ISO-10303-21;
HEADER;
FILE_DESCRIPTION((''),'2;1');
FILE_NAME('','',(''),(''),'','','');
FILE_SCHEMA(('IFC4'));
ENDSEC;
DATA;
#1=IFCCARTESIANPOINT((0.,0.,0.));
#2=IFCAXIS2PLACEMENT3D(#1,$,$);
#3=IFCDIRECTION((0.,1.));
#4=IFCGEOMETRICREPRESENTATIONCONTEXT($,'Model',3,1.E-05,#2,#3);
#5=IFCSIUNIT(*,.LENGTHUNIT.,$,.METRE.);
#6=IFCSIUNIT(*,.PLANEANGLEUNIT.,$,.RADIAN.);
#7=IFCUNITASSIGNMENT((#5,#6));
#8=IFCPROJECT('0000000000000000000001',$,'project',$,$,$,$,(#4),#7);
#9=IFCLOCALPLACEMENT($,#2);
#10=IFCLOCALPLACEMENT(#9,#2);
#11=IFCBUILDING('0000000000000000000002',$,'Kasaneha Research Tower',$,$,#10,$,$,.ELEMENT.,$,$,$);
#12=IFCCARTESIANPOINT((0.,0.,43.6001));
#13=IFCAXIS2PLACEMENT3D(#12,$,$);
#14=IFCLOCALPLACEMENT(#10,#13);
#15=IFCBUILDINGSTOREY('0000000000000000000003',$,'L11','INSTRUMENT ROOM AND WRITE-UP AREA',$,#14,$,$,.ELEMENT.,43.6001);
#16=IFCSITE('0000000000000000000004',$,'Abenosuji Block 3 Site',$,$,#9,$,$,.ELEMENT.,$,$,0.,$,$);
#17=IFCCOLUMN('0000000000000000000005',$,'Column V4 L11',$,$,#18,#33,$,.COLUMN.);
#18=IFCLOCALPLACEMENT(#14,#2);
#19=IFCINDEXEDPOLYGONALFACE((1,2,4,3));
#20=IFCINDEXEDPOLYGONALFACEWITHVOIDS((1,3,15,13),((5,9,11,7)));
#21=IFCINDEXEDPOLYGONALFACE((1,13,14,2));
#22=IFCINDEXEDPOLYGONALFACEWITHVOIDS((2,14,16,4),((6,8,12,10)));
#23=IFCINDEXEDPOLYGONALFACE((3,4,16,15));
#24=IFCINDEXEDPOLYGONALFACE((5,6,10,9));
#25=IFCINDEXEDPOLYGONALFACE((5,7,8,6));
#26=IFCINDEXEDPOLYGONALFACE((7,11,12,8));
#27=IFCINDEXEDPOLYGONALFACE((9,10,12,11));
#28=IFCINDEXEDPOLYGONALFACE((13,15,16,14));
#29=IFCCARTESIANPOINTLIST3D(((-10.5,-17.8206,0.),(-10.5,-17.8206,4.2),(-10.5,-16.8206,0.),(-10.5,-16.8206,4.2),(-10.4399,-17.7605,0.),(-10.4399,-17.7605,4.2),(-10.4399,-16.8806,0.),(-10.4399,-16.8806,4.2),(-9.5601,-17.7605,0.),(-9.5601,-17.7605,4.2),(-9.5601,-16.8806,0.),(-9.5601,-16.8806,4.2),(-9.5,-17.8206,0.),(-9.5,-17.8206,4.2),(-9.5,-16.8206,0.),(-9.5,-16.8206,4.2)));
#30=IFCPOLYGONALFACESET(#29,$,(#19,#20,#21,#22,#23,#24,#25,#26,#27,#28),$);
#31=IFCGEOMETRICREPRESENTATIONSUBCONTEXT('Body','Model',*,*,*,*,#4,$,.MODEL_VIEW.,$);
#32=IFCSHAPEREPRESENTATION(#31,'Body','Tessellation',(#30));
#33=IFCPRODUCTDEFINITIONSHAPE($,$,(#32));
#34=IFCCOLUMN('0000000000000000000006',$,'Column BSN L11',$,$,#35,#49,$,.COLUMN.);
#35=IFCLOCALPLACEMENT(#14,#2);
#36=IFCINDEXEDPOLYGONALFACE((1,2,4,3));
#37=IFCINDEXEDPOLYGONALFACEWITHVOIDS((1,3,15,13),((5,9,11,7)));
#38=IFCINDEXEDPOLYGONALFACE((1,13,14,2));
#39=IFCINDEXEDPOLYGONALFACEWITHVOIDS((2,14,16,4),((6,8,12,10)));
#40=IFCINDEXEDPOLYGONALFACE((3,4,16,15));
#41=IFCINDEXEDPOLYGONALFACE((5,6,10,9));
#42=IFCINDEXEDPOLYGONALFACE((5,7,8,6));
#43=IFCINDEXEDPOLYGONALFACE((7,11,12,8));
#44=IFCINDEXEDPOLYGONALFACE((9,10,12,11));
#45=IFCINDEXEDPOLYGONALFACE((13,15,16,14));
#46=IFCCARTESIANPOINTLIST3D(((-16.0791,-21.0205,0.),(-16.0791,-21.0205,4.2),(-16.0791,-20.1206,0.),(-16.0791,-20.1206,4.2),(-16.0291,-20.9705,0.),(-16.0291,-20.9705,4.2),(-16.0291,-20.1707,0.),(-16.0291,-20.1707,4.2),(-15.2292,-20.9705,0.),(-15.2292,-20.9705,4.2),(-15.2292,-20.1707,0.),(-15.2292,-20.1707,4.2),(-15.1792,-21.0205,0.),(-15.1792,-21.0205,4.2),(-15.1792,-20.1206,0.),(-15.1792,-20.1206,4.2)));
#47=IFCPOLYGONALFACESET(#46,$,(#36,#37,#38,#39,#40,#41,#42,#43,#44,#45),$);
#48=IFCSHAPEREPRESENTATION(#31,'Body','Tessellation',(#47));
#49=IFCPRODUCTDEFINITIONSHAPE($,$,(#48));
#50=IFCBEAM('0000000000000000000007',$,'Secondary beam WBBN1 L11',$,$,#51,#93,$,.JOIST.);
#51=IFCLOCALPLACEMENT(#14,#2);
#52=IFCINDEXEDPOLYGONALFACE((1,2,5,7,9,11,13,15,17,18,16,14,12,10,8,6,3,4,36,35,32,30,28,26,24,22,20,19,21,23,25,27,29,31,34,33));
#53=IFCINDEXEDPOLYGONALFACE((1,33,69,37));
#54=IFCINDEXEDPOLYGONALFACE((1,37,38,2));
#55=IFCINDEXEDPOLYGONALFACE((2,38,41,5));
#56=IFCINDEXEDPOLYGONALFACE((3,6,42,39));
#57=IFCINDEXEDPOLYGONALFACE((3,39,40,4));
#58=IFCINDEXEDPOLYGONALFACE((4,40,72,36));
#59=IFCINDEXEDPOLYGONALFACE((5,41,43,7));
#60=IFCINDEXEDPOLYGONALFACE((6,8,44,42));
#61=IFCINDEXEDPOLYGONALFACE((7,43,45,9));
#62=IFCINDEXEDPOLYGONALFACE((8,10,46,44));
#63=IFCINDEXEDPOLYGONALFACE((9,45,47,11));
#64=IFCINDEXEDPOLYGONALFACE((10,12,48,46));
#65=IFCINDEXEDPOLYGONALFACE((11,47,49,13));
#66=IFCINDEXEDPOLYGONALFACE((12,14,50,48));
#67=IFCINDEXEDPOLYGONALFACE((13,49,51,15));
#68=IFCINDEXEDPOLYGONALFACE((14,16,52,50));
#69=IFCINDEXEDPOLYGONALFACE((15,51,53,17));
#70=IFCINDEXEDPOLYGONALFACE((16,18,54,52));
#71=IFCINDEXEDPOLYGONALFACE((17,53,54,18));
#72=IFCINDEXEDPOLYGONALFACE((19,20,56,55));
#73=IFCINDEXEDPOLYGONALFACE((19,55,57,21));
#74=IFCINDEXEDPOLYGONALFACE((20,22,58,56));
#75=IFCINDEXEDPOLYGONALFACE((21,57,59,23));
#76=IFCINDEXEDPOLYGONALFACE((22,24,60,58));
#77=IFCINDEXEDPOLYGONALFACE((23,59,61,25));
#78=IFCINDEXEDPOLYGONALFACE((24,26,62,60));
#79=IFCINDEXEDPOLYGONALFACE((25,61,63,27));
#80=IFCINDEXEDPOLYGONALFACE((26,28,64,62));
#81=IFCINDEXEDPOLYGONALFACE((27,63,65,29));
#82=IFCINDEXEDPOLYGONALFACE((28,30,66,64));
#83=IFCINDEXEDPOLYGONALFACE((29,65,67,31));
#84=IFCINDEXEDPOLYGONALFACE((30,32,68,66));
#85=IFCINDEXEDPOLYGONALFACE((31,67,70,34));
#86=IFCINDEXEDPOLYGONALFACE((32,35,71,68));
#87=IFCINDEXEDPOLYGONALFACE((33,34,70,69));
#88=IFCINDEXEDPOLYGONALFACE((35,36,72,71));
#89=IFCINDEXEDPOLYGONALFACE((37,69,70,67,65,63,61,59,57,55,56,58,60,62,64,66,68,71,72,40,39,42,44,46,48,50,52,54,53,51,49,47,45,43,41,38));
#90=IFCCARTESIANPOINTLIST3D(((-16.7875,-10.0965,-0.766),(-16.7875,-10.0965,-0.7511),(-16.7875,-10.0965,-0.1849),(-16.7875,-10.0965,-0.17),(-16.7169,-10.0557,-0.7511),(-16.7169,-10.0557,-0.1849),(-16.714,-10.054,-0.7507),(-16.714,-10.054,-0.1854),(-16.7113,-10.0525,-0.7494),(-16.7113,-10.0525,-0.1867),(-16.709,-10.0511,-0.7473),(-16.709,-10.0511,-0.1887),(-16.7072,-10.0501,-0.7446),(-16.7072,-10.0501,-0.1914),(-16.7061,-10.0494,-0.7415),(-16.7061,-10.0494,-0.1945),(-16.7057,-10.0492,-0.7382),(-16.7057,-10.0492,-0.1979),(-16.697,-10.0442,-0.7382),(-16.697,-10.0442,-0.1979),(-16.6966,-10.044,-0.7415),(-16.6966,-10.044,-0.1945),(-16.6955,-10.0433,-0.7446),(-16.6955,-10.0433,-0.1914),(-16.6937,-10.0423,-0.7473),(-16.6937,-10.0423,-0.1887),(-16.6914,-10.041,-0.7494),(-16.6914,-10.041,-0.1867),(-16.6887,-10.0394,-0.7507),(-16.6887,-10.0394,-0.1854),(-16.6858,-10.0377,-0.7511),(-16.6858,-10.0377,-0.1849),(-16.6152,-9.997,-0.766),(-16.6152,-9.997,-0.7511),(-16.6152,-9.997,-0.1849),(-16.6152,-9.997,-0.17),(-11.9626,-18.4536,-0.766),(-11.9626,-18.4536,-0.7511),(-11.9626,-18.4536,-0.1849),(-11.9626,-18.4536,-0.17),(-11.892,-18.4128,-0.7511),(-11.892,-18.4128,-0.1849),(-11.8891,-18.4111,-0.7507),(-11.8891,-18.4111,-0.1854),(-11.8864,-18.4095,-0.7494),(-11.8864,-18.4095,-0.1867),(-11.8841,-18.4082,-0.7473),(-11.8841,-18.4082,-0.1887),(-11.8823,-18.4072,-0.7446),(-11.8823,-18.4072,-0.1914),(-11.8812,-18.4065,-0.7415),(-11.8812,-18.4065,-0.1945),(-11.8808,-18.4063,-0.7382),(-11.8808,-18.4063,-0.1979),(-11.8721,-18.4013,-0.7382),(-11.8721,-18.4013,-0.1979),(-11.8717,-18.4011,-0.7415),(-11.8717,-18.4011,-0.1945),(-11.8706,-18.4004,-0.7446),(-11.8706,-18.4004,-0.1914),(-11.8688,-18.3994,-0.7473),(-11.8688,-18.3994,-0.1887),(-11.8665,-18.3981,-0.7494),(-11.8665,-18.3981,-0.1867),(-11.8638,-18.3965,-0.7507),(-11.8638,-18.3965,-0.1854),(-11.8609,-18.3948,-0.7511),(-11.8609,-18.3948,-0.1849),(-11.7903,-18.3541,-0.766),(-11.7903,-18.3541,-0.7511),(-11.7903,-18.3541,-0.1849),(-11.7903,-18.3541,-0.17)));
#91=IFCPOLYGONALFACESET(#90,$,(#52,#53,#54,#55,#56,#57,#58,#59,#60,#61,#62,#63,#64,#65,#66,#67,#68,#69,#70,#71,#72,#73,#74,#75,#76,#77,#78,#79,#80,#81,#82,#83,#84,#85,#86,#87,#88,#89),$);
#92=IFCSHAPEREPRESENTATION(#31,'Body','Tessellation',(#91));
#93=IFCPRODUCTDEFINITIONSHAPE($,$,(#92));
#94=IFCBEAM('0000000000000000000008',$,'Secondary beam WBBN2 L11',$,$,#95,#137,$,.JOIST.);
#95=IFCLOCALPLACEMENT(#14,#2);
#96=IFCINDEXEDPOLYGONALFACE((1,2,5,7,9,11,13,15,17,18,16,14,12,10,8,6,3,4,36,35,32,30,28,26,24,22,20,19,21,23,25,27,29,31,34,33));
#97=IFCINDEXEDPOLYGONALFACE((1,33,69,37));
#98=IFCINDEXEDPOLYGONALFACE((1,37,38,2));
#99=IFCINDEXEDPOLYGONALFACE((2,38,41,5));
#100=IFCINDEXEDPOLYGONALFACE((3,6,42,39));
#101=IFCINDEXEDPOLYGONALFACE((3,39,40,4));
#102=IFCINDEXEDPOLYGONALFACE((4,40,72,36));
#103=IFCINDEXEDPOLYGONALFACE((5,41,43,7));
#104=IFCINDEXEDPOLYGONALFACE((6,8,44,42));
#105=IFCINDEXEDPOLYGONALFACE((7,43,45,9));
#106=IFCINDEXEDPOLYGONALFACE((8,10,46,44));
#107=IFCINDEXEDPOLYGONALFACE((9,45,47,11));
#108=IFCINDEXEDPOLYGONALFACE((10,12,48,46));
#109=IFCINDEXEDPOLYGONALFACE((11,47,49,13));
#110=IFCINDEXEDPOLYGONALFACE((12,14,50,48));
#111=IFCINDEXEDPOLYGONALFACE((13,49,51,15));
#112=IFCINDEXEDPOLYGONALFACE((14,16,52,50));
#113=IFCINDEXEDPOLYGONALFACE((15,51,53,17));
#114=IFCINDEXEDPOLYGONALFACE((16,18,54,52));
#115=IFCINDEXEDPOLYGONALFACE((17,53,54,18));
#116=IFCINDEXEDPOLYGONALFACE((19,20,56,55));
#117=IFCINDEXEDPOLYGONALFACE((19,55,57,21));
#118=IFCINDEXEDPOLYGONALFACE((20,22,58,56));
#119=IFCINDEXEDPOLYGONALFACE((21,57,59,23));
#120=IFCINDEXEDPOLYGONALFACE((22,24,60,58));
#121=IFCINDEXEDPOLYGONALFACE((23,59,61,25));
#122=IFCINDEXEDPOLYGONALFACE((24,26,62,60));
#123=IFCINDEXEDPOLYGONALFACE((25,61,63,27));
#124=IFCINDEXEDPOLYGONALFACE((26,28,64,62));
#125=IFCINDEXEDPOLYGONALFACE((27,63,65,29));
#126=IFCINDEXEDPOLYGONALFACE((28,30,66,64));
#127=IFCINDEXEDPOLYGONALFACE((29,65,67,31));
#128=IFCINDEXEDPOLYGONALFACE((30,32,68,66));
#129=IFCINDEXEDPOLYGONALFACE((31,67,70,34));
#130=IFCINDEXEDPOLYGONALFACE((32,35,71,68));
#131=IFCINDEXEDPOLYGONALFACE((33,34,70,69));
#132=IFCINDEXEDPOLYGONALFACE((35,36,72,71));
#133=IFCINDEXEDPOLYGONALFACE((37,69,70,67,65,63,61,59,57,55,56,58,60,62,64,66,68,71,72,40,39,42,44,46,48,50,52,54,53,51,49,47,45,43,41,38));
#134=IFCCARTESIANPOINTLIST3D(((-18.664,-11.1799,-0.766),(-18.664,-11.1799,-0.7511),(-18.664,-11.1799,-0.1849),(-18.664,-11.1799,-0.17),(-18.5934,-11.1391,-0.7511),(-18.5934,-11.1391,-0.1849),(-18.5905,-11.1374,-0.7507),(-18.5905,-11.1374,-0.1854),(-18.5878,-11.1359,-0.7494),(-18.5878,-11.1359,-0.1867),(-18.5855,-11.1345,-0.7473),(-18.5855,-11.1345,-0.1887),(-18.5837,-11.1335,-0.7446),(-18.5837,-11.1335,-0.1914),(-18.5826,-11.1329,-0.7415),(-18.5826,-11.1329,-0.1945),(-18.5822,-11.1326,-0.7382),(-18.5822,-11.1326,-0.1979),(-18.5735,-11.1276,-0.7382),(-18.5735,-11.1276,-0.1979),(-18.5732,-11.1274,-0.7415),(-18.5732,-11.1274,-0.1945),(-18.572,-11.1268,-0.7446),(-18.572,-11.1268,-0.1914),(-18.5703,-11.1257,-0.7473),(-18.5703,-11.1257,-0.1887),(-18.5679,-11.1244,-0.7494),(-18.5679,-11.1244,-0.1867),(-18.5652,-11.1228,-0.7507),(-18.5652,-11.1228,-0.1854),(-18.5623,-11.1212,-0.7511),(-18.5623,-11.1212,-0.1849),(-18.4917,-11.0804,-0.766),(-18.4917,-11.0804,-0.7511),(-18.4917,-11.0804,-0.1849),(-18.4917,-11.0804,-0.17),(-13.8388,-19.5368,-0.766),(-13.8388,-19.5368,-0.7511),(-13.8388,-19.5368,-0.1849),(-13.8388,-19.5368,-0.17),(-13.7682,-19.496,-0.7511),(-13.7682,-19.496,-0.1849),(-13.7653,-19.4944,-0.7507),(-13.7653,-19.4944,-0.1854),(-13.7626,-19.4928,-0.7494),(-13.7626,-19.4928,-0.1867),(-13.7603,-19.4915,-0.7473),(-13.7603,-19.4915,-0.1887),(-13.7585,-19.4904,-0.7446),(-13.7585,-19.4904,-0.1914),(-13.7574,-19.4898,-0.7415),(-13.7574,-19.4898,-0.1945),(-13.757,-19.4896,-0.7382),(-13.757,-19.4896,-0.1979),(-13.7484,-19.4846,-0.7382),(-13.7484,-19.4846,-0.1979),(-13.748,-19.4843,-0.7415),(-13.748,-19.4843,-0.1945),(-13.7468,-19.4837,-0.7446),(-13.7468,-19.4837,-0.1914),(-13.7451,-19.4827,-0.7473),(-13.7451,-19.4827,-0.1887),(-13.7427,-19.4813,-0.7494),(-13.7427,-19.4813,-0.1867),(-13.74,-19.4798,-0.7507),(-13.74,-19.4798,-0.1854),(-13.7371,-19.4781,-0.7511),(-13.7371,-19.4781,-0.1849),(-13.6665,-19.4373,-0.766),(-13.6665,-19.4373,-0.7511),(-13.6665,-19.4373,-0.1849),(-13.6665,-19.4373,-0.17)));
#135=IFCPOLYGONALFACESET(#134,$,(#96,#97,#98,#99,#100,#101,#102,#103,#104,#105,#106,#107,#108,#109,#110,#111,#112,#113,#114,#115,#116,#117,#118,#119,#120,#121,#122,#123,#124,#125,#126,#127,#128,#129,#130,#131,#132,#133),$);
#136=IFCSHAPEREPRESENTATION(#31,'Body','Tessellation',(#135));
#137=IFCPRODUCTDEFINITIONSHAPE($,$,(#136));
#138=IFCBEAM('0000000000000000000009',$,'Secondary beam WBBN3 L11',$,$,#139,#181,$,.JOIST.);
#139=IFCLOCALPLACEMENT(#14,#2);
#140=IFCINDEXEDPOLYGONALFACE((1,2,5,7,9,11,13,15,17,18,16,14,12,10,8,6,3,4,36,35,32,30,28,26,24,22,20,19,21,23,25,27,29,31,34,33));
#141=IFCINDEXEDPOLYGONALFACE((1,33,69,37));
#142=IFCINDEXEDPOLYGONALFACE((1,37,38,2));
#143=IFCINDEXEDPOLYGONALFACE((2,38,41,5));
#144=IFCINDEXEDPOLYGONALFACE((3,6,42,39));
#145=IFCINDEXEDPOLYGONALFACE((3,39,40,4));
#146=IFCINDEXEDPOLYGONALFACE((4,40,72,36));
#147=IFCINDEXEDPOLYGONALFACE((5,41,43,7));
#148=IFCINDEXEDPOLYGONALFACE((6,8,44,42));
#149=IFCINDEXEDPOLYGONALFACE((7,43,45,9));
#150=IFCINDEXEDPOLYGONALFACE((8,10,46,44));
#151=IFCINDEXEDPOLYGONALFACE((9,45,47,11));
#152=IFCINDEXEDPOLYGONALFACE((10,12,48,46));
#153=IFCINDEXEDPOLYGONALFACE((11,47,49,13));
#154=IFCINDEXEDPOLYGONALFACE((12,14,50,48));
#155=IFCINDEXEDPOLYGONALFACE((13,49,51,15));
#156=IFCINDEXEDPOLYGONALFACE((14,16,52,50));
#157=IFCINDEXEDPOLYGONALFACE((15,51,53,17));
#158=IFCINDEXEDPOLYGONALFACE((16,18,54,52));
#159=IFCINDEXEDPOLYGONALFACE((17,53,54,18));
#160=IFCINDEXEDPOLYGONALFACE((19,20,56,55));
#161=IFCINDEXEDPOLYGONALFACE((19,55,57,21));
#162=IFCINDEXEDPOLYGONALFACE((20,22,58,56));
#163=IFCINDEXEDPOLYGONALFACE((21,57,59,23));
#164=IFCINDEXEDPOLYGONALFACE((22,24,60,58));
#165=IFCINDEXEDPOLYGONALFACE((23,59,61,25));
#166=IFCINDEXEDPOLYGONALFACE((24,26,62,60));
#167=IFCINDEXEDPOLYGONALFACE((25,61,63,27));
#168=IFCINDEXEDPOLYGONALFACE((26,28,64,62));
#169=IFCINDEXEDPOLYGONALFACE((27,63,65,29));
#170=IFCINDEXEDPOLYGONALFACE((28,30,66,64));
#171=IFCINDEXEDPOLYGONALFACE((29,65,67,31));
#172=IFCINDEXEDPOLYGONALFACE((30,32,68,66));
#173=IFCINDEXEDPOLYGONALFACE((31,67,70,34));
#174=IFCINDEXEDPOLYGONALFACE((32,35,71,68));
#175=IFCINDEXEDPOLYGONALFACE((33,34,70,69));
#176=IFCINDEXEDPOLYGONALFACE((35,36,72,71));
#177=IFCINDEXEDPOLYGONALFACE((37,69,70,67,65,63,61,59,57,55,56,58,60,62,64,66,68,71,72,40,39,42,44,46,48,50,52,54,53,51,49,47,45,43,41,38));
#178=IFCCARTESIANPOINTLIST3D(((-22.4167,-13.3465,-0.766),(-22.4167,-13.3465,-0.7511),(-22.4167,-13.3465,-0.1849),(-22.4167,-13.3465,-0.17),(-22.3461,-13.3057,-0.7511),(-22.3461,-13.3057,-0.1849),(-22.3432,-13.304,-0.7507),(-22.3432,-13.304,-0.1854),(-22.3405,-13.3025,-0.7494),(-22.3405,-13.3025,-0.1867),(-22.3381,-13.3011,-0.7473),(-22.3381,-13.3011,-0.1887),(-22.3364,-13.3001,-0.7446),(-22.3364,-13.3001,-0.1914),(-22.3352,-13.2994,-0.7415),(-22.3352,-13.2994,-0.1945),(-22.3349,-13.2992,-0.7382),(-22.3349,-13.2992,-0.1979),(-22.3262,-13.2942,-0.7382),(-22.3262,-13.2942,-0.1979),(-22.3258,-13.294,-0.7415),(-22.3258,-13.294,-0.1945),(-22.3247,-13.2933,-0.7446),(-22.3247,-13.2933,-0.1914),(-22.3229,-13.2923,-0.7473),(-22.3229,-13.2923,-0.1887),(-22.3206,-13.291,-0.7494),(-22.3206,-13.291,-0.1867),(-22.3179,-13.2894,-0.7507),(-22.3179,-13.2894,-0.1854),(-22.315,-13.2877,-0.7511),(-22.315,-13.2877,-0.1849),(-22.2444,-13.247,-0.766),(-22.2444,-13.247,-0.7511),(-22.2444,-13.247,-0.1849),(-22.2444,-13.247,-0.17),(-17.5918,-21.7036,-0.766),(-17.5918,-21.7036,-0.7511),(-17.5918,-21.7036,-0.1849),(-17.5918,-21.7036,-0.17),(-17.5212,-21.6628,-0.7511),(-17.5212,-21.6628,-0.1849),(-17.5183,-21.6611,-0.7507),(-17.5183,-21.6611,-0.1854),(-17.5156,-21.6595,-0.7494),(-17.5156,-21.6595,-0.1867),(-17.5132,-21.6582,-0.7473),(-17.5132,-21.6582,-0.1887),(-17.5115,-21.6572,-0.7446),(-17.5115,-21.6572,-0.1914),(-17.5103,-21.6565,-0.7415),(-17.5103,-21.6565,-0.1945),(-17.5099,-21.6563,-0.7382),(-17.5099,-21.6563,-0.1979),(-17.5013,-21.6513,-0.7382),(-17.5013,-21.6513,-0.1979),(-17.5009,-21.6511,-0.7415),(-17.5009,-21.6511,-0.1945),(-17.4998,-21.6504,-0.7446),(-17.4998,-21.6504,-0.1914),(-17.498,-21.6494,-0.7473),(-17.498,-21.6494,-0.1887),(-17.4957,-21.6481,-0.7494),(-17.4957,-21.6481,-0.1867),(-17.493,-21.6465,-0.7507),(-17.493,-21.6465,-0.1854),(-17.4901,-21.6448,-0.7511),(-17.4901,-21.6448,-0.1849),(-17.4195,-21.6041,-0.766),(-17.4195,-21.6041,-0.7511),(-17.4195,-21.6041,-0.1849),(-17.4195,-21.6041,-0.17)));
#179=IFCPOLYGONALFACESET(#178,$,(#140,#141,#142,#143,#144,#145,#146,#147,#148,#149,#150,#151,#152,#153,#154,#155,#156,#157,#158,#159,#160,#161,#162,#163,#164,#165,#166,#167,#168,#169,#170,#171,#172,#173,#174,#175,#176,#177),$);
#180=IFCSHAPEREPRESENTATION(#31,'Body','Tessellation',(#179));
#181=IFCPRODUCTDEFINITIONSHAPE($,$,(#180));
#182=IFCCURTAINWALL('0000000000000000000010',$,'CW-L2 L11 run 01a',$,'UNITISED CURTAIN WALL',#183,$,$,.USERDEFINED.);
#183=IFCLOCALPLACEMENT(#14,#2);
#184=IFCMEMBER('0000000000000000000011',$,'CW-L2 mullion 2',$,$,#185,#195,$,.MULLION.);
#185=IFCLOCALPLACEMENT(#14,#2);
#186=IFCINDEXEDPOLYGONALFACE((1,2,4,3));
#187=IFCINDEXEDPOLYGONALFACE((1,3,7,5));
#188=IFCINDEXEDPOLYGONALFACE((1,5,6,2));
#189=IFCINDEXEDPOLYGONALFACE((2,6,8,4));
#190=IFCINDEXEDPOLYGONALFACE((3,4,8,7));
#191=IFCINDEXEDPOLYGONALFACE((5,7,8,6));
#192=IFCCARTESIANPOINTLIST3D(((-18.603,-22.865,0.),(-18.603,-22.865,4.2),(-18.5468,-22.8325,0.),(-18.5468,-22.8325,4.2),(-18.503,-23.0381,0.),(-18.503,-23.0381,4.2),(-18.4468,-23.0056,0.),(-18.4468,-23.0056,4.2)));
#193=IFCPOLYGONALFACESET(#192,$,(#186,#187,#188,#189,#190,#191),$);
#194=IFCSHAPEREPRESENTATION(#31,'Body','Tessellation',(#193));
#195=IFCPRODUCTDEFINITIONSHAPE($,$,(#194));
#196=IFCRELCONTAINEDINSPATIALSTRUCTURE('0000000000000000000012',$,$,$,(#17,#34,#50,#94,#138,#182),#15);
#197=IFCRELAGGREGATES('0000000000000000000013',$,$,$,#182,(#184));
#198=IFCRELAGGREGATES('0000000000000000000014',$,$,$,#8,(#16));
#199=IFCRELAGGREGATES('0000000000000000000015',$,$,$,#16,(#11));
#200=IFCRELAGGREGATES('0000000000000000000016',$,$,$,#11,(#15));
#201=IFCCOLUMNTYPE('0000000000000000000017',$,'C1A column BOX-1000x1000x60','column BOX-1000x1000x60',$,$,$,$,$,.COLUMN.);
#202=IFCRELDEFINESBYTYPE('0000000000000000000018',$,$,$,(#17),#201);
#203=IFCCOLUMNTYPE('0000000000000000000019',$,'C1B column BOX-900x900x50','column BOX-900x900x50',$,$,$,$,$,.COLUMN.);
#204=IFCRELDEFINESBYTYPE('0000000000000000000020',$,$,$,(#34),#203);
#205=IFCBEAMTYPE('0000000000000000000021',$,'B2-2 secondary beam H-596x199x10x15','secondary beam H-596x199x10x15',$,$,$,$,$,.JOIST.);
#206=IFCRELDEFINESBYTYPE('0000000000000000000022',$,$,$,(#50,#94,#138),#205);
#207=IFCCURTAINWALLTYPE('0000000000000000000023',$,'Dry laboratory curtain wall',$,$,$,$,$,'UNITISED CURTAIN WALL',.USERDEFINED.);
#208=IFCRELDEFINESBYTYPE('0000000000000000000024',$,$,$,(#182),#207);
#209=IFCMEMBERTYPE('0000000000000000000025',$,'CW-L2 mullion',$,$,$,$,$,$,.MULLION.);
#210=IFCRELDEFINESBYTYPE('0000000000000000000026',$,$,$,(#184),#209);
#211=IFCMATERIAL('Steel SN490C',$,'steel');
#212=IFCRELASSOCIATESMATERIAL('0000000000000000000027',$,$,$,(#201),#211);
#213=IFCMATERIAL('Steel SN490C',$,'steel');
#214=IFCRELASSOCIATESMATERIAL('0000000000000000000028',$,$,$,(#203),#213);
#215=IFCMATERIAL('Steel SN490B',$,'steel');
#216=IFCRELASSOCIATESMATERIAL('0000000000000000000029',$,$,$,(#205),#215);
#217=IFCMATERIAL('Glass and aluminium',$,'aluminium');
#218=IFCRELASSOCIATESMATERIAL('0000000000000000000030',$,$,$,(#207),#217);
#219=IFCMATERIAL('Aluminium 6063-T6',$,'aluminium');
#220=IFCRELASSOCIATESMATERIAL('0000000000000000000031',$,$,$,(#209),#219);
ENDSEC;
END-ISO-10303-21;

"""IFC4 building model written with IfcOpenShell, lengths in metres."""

from ifc_helpers import new_model, si_unit, direction, frame, origin, origin_2d, place, context, subcontext, project, spatial, rectangle, hollow_rectangle, i_section, extrude, material, material_profile, profile_set, type_object, element, aggregate, save


model = new_model("IFC4")

# Units and contexts
model_context = context("Model", 3, precision=1e-05, world=origin(), true_north=direction((0.0, 1.0)))
body_context = subcontext(model_context, "Body", "Model", "MODEL_VIEW")
ifc_project = project(units=[si_unit("LENGTHUNIT", "METRE"), si_unit("PLANEANGLEUNIT", "RADIAN")], contexts=[model_context])

# Site, building, storey
site_placement = place(None, origin())
site = spatial("IfcSite", under=ifc_project, at=site_placement, Name="Abenosuji Block 3 Site", CompositionType="ELEMENT", RefElevation=0.0)
building_placement = place(site_placement, origin())
building = spatial("IfcBuilding", under=site, at=building_placement, Name="Kasaneha Research Tower", CompositionType="ELEMENT")
storey_placement = place(building_placement, frame((0.0, 0.0, 43.6001)))
storey = spatial("IfcBuildingStorey", under=building, at=storey_placement, Name="L11", Description="INSTRUMENT ROOM AND WRITE-UP AREA", CompositionType="ELEMENT", Elevation=43.6001)

# Columns
ifc_material_1 = material(Name="Steel SN490C", Category="steel")
ifc_material_profile_1 = material_profile(ifc_material_1, hollow_rectangle(XDim=1.0, YDim=1.0, WallThickness=0.0601, at=origin_2d()), Name="BOX-1000x1000x60")
ifc_profile_set_1 = profile_set([ifc_material_profile_1], Name="Steel SN490C")
column_type_1 = type_object("IfcColumnType", Name="C1A column BOX-1000x1000x60", Description="column BOX-1000x1000x60", PredefinedType="COLUMN", material=ifc_profile_set_1)
column_1_placement = place(storey_placement, frame((-10.0, -17.3206, 0.0), z_axis=(0.0, 0.0, 1.0), x_axis=(1.0, 0.0, 0.0)))
element("IfcColumn", 1, at=column_1_placement, inside=storey, type_object=column_type_1, Name="Column V4 L11", PredefinedType="COLUMN", context=body_context, shape_type="SweptSolid", body=[
    extrude(hollow_rectangle(XDim=1.0, YDim=1.0, WallThickness=0.0601, at=origin_2d()), origin(), (0.0, 0.0, 1.0), 4.2),
])
ifc_material_2 = material(Name="Steel SN490C", Category="steel")
ifc_material_profile_2 = material_profile(ifc_material_2, hollow_rectangle(XDim=0.8999, YDim=0.8999, WallThickness=0.05, at=origin_2d()), Name="BOX-900x900x50")
ifc_profile_set_2 = profile_set([ifc_material_profile_2], Name="Steel SN490C")
column_type_2 = type_object("IfcColumnType", Name="C1B column BOX-900x900x50", Description="column BOX-900x900x50", PredefinedType="COLUMN", material=ifc_profile_set_2)
column_2_placement = place(storey_placement, frame((-15.6292, -20.5706, 0.0), z_axis=(0.0, 0.0, 1.0), x_axis=(1.0, 0.0, 0.0)))
element("IfcColumn", 2, at=column_2_placement, inside=storey, type_object=column_type_2, Name="Column BSN L11", PredefinedType="COLUMN", context=body_context, shape_type="SweptSolid", body=[
    extrude(hollow_rectangle(XDim=0.8999, YDim=0.8999, WallThickness=0.05, at=origin_2d()), origin(), (0.0, 0.0, 1.0), 4.2),
])

# Beams
ifc_material_3 = material(Name="Steel SN490B", Category="steel")
ifc_material_profile_3 = material_profile(ifc_material_3, i_section(OverallWidth=0.199, OverallDepth=0.5959, WebThickness=0.01, FlangeThickness=0.0149, FilletRadius=0.0129, at=origin_2d()), Name="H-596x199x10x15")
ifc_profile_set_3 = profile_set([ifc_material_profile_3], Name="Steel SN490B")
beam_type_1 = type_object("IfcBeamType", Name="B2-2 secondary beam H-596x199x10x15", Description="secondary beam H-596x199x10x15", PredefinedType="JOIST", material=ifc_profile_set_3)
for number, where, z_axis, x_axis, name in (
    (3, (-11.8765, -18.4038, -0.468), (-0.499995, 0.866028, 0.0), (-0.866028, -0.499995, 0.0), "Secondary beam WBBN1 L11"),
    (4, (-13.7527, -19.4871, -0.468), (-0.500025, 0.866011, 0.0), (-0.866011, -0.500025, 0.0), "Secondary beam WBBN2 L11"),
    (5, (-17.5056, -21.6538, -0.468), (-0.499995, 0.866028, 0.0), (-0.866028, -0.499995, 0.0), "Secondary beam WBBN3 L11"),
):
    element("IfcBeam", number, at=place(storey_placement, frame(where, z_axis=z_axis, x_axis=x_axis)), inside=storey, type_object=beam_type_1, Name=name, PredefinedType="JOIST", context=body_context, shape_type="SweptSolid", body=[
        extrude(i_section(OverallWidth=0.199, OverallDepth=0.5959, WebThickness=0.01, FlangeThickness=0.0149, FilletRadius=0.0129, at=origin_2d()), origin(), (0.0, 0.0, 1.0), 9.6499),
    ])

# Curtain wall, member
ifc_material_4 = material(Name="Glass and aluminium", Category="aluminium")
curtain_wall_type = type_object("IfcCurtainWallType", Name="Dry laboratory curtain wall", ElementType="UNITISED CURTAIN WALL", PredefinedType="USERDEFINED", material=ifc_material_4)
curtain_wall_1_placement = place(storey_placement, origin())
curtain_wall_1 = element("IfcCurtainWall", 6, at=curtain_wall_1_placement, inside=storey, type_object=curtain_wall_type, Name="CW-L2 L11 run 01a", ObjectType="UNITISED CURTAIN WALL", PredefinedType="USERDEFINED")
ifc_material_5 = material(Name="Aluminium 6063-T6", Category="aluminium")
ifc_material_profile_4 = material_profile(ifc_material_5, rectangle(XDim=0.0649, YDim=0.2, at=origin_2d()), Name="CW-L2 mullion 65x200")
ifc_profile_set_4 = profile_set([ifc_material_profile_4], Name="Aluminium 6063-T6")
member_type_1 = type_object("IfcMemberType", Name="CW-L2 mullion", PredefinedType="MULLION", material=ifc_profile_set_4)
member_1_placement = place(storey_placement, frame((-18.5249, -22.9353, 0.0), z_axis=(0.0, 0.0, 1.0), x_axis=(0.866025, 0.5, 0.0)))
member_1 = element("IfcMember", 7, at=member_1_placement, type_object=member_type_1, Name="CW-L2 mullion 2", PredefinedType="MULLION", context=body_context, shape_type="SweptSolid", body=[
    extrude(rectangle(XDim=0.0649, YDim=0.2, at=origin_2d()), origin(), (0.0, 0.0, 1.0), 4.2),
])

aggregate(curtain_wall_1, [member_1])

save(model, "model.ifc")
